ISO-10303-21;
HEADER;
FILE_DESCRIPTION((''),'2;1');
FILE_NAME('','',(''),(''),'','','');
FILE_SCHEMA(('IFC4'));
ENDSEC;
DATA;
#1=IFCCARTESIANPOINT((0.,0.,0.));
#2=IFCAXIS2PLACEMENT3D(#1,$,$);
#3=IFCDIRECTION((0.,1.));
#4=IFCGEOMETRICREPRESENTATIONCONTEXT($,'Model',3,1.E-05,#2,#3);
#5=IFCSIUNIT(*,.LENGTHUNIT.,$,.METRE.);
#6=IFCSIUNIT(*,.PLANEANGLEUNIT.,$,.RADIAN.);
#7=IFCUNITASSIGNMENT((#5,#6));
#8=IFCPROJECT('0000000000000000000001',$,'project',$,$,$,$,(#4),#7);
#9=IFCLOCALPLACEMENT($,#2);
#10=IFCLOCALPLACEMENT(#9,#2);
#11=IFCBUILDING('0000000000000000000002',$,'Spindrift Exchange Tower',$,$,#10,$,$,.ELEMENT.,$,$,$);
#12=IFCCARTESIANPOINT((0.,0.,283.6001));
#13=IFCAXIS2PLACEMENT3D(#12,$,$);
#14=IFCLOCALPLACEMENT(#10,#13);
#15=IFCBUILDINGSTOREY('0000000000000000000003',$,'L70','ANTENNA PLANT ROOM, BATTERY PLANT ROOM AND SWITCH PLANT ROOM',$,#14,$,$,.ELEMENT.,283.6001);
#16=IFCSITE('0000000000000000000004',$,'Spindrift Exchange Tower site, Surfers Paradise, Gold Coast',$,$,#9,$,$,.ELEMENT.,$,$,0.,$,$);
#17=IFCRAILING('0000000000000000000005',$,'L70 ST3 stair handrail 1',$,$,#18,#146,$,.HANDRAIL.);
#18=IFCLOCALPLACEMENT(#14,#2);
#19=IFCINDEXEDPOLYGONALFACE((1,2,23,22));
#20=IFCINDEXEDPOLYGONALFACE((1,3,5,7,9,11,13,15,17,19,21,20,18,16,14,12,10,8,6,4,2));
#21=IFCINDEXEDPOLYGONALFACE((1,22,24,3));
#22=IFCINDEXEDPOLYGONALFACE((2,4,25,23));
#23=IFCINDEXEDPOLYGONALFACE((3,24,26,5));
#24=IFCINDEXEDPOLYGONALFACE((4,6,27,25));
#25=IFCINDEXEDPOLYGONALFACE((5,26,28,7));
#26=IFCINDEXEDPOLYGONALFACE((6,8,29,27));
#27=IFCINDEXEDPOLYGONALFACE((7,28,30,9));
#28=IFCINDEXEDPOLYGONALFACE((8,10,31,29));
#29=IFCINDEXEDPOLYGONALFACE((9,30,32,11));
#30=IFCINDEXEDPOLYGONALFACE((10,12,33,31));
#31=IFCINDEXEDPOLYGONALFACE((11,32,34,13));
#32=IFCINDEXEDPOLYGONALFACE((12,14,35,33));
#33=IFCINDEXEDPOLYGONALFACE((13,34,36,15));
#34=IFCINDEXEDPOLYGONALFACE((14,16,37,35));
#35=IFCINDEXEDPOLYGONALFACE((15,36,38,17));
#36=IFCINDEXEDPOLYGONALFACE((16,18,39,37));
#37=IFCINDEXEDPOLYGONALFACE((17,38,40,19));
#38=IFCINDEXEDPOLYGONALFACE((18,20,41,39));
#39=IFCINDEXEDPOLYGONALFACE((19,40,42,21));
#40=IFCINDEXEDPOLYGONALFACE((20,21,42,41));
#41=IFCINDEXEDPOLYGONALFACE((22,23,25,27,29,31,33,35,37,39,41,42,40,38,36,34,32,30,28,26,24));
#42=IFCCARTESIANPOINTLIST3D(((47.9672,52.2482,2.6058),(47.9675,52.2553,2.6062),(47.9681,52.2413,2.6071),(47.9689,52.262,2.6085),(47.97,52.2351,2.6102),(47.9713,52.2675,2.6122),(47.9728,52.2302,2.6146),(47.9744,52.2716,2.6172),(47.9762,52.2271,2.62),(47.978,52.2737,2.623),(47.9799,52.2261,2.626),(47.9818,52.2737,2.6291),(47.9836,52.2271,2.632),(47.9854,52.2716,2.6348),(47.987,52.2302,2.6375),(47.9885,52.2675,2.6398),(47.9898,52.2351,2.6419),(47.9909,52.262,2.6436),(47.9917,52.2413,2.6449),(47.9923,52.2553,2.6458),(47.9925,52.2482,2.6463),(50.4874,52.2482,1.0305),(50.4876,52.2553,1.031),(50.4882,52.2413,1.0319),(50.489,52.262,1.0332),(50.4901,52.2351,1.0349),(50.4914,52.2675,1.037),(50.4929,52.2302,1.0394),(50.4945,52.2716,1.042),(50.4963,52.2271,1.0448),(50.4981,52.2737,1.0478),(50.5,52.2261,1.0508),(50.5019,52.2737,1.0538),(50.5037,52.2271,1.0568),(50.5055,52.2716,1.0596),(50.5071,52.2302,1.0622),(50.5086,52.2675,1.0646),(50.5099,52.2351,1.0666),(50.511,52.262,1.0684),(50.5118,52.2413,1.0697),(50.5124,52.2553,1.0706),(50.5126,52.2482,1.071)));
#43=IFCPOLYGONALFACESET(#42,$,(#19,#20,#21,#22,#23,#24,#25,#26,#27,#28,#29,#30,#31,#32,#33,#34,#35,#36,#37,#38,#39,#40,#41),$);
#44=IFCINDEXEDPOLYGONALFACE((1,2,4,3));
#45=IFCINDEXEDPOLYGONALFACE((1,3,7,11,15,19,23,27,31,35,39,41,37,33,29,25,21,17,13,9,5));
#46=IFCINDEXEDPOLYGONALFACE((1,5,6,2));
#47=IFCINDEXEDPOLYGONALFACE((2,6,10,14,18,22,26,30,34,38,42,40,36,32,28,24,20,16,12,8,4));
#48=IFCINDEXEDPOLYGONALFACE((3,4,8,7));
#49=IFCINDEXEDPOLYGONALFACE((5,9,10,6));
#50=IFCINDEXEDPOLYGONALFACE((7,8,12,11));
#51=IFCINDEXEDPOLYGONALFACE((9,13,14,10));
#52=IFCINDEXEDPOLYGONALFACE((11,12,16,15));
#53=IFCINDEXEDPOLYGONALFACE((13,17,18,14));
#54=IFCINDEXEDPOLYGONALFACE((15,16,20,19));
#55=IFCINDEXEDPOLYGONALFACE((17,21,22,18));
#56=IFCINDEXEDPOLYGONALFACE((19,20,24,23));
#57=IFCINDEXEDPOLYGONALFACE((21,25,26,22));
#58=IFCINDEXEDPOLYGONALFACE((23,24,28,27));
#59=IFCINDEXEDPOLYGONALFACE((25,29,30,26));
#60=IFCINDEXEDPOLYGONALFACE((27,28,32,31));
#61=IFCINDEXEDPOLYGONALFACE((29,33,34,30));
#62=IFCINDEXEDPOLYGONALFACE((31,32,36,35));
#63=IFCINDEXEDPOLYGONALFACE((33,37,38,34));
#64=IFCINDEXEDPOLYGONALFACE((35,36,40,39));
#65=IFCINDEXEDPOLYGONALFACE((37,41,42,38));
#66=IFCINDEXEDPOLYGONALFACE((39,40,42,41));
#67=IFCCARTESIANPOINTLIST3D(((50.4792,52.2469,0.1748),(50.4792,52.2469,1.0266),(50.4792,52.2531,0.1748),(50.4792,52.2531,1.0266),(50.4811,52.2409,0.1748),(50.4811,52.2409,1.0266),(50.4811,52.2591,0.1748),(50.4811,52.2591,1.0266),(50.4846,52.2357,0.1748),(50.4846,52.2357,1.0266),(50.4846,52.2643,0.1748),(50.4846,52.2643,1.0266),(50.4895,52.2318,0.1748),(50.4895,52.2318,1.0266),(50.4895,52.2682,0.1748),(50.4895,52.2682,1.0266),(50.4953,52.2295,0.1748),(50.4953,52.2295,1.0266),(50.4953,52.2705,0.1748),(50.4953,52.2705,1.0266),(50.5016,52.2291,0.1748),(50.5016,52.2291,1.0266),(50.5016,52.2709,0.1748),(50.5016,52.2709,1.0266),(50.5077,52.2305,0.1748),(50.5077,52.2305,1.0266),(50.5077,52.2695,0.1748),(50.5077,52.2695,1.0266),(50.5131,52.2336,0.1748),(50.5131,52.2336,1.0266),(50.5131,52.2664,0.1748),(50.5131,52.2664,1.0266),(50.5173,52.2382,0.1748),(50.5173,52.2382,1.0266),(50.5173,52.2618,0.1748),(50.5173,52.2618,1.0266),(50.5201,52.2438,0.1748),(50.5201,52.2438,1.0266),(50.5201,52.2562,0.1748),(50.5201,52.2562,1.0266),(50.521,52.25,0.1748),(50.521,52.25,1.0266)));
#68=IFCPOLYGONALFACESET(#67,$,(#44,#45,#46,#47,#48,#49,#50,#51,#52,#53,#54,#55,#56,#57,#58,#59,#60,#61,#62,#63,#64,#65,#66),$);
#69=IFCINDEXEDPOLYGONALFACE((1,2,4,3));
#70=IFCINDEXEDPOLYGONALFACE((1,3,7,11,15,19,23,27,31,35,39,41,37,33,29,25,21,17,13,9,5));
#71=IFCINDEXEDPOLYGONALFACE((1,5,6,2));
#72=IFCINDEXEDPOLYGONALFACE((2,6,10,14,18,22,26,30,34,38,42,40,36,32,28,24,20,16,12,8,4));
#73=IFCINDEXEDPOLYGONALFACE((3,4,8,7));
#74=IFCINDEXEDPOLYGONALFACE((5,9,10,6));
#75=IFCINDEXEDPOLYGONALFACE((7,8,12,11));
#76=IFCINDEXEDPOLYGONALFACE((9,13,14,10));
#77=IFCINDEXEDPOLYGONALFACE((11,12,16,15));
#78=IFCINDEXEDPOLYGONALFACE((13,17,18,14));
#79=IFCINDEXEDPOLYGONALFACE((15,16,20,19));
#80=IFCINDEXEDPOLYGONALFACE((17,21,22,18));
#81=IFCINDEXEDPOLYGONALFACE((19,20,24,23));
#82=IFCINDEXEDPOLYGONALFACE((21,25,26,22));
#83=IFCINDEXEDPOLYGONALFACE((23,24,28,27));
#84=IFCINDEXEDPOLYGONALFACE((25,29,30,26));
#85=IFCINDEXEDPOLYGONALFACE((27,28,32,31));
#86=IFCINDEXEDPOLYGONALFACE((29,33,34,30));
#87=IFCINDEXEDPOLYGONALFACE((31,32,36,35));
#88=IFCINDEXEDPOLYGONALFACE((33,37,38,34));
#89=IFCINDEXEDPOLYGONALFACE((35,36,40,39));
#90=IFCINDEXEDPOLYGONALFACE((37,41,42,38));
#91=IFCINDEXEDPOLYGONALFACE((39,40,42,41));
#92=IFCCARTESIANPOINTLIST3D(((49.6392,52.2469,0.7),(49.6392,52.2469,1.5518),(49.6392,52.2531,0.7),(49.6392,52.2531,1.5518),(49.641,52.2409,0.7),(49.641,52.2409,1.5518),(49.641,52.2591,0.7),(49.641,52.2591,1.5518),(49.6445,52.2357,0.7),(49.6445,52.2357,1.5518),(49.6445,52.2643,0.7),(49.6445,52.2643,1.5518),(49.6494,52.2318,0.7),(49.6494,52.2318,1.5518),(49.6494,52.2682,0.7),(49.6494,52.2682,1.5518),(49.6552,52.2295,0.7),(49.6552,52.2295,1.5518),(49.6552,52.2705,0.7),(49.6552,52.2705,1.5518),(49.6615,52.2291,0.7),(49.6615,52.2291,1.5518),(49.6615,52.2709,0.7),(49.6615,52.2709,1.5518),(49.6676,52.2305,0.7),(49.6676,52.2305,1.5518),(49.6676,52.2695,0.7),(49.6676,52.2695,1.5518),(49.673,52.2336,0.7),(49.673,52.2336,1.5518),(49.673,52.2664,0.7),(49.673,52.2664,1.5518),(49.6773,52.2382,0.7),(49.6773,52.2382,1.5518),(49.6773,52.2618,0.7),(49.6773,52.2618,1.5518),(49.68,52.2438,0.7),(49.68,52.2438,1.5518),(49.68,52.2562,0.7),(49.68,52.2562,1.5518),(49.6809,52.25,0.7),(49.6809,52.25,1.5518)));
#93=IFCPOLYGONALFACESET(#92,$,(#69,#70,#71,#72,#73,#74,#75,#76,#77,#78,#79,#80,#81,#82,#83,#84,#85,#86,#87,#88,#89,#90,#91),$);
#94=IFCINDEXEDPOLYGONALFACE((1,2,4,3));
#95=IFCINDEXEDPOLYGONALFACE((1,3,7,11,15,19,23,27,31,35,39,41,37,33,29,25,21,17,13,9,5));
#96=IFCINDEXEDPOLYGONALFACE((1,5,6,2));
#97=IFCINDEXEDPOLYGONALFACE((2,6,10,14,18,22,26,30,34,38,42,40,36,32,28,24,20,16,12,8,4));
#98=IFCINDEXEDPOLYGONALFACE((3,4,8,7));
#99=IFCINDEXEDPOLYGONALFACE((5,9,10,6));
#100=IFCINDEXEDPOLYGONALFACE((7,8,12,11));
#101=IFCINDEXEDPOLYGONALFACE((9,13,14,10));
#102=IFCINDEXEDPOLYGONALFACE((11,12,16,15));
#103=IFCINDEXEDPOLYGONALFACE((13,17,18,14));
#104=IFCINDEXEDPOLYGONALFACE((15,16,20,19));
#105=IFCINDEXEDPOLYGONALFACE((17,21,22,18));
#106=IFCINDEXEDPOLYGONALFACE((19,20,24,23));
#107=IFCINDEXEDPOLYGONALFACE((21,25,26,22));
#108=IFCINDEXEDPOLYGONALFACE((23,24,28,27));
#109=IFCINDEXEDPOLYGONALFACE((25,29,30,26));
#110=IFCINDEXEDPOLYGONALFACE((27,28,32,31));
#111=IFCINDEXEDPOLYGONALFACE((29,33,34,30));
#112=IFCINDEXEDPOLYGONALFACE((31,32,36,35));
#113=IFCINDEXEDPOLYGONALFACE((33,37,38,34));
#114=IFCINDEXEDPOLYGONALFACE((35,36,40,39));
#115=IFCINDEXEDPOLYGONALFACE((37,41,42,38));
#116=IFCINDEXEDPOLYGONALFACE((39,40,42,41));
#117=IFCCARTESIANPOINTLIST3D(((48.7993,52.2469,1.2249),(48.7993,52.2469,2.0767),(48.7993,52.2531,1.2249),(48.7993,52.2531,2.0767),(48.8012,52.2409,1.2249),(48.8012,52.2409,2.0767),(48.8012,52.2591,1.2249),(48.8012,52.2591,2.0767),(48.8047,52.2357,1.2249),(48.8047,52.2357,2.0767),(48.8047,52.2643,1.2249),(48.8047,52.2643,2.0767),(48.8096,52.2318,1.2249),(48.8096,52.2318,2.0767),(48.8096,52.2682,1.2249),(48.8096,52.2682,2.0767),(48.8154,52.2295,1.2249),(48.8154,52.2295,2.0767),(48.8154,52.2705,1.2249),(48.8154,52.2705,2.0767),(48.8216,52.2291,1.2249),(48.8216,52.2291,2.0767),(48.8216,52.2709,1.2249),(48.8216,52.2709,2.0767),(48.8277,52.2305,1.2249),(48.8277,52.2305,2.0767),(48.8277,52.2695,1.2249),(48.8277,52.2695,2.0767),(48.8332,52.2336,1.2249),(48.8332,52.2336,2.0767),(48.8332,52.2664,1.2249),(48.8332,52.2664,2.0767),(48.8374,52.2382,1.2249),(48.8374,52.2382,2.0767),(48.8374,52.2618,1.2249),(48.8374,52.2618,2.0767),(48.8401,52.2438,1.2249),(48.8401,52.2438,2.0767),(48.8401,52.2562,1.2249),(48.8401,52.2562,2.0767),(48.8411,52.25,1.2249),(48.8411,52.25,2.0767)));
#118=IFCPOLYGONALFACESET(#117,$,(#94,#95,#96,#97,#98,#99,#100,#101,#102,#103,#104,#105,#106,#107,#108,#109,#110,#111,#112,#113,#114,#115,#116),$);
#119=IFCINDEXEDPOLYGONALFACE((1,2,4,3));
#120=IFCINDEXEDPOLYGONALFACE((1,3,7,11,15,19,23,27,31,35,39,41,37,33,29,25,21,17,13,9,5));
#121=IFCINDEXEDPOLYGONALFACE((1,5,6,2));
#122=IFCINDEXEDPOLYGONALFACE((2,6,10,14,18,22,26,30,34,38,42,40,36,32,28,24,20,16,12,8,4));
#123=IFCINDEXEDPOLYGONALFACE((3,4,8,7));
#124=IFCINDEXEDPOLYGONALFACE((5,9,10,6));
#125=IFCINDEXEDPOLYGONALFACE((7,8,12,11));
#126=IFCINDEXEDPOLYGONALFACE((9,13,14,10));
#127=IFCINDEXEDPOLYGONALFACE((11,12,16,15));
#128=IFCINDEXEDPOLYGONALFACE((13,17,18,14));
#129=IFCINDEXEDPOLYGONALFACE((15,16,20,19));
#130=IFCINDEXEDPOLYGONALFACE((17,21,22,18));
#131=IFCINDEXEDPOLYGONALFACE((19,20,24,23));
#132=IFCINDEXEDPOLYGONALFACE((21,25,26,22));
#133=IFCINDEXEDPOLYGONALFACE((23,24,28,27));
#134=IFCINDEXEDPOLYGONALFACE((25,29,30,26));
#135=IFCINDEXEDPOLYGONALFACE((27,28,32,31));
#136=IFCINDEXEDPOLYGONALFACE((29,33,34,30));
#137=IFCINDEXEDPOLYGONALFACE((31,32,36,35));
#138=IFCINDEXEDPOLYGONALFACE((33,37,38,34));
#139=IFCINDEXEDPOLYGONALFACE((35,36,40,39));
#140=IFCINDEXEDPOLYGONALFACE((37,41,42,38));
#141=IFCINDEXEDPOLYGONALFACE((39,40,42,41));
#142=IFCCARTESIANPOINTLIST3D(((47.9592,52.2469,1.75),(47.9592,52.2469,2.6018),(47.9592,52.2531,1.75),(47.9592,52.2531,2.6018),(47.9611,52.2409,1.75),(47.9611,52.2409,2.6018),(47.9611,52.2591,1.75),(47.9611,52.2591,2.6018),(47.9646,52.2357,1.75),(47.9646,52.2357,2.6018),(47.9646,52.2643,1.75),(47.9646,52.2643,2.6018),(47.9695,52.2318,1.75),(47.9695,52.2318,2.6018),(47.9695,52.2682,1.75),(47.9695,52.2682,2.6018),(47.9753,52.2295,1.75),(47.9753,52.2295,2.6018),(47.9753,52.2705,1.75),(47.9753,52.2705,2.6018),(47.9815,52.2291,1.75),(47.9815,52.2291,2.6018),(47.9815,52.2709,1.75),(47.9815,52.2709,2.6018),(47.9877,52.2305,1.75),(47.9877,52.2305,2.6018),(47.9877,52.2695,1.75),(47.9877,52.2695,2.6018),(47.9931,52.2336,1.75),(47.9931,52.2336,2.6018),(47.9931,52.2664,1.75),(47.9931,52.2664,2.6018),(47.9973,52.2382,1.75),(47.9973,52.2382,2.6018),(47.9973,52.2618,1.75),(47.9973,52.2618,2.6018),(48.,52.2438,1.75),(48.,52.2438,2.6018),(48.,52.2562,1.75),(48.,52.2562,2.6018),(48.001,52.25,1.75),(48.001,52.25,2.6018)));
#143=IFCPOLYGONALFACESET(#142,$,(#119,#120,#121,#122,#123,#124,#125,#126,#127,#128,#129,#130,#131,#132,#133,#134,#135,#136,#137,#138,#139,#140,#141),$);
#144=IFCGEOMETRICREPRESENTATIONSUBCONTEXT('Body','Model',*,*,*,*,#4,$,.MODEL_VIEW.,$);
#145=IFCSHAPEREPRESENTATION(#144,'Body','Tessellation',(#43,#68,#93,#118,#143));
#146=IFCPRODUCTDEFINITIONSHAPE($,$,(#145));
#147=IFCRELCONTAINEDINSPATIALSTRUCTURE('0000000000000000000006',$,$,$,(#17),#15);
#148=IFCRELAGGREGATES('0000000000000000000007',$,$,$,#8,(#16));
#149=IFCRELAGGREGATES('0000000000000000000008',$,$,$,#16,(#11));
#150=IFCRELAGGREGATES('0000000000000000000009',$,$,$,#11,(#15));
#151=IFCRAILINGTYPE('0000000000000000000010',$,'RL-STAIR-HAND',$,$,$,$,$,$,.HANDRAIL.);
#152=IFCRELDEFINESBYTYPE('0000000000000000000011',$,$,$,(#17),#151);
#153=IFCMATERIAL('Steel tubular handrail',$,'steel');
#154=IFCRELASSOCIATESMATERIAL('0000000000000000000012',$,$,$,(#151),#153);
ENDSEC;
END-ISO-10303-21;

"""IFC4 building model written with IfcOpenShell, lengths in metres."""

from ifc_helpers import new_model, si_unit, direction, frame, origin, origin_2d, place, context, subcontext, project, spatial, circle, extrude, material, type_object, element, save


model = new_model("IFC4")

# Units and contexts
model_context = context("Model", 3, precision=1e-05, world=origin(), true_north=direction((0.0, 1.0)))
body_context = subcontext(model_context, "Body", "Model", "MODEL_VIEW")
ifc_project = project(units=[si_unit("LENGTHUNIT", "METRE"), si_unit("PLANEANGLEUNIT", "RADIAN")], contexts=[model_context])

# Site, building, storey
site_placement = place(None, origin())
site = spatial("IfcSite", under=ifc_project, at=site_placement, Name="Spindrift Exchange Tower site, Surfers Paradise, Gold Coast", CompositionType="ELEMENT", RefElevation=0.0)
building_placement = place(site_placement, origin())
building = spatial("IfcBuilding", under=site, at=building_placement, Name="Spindrift Exchange Tower", CompositionType="ELEMENT")
storey_placement = place(building_placement, frame((0.0, 0.0, 283.6001)))
storey = spatial("IfcBuildingStorey", under=building, at=storey_placement, Name="L70", Description="ANTENNA PLANT ROOM, BATTERY PLANT ROOM AND SWITCH PLANT ROOM", CompositionType="ELEMENT", Elevation=283.6001)

# Railing
ifc_material_1 = material(Name="Steel tubular handrail", Category="steel")
railing_type_1 = type_object("IfcRailingType", Name="RL-STAIR-HAND", PredefinedType="HANDRAIL", material=ifc_material_1)
railing_1_placement = place(storey_placement, frame((50.5, 52.25, 0.1748)))
element("IfcRailing", 1, at=railing_1_placement, inside=storey, type_object=railing_type_1, Name="L70 ST3 stair handrail 1", PredefinedType="HANDRAIL", context=body_context, shape_type="SweptSolid", body=[
    extrude(circle(Radius=0.0239, at=origin_2d()), frame((0.0, 0.0, 0.876), z_axis=(-0.847971, 0.0, 0.530043), x_axis=(0.0, -1.0, 0.0)), (0.0, 0.0, 1.0), 2.9719),
    extrude(circle(Radius=0.021, at=origin_2d()), origin(), (0.0, 0.0, 1.0), 0.8518),
    extrude(circle(Radius=0.021, at=origin_2d()), frame((-0.8401, 0.0, 0.5251)), (0.0, 0.0, 1.0), 0.8518),
    extrude(circle(Radius=0.021, at=origin_2d()), frame((-1.6799, 0.0, 1.05)), (0.0, 0.0, 1.0), 0.8518),
    extrude(circle(Radius=0.021, at=origin_2d()), frame((-2.52, 0.0, 1.5752)), (0.0, 0.0, 1.0), 0.8518),
])

save(model, "model.ifc")
